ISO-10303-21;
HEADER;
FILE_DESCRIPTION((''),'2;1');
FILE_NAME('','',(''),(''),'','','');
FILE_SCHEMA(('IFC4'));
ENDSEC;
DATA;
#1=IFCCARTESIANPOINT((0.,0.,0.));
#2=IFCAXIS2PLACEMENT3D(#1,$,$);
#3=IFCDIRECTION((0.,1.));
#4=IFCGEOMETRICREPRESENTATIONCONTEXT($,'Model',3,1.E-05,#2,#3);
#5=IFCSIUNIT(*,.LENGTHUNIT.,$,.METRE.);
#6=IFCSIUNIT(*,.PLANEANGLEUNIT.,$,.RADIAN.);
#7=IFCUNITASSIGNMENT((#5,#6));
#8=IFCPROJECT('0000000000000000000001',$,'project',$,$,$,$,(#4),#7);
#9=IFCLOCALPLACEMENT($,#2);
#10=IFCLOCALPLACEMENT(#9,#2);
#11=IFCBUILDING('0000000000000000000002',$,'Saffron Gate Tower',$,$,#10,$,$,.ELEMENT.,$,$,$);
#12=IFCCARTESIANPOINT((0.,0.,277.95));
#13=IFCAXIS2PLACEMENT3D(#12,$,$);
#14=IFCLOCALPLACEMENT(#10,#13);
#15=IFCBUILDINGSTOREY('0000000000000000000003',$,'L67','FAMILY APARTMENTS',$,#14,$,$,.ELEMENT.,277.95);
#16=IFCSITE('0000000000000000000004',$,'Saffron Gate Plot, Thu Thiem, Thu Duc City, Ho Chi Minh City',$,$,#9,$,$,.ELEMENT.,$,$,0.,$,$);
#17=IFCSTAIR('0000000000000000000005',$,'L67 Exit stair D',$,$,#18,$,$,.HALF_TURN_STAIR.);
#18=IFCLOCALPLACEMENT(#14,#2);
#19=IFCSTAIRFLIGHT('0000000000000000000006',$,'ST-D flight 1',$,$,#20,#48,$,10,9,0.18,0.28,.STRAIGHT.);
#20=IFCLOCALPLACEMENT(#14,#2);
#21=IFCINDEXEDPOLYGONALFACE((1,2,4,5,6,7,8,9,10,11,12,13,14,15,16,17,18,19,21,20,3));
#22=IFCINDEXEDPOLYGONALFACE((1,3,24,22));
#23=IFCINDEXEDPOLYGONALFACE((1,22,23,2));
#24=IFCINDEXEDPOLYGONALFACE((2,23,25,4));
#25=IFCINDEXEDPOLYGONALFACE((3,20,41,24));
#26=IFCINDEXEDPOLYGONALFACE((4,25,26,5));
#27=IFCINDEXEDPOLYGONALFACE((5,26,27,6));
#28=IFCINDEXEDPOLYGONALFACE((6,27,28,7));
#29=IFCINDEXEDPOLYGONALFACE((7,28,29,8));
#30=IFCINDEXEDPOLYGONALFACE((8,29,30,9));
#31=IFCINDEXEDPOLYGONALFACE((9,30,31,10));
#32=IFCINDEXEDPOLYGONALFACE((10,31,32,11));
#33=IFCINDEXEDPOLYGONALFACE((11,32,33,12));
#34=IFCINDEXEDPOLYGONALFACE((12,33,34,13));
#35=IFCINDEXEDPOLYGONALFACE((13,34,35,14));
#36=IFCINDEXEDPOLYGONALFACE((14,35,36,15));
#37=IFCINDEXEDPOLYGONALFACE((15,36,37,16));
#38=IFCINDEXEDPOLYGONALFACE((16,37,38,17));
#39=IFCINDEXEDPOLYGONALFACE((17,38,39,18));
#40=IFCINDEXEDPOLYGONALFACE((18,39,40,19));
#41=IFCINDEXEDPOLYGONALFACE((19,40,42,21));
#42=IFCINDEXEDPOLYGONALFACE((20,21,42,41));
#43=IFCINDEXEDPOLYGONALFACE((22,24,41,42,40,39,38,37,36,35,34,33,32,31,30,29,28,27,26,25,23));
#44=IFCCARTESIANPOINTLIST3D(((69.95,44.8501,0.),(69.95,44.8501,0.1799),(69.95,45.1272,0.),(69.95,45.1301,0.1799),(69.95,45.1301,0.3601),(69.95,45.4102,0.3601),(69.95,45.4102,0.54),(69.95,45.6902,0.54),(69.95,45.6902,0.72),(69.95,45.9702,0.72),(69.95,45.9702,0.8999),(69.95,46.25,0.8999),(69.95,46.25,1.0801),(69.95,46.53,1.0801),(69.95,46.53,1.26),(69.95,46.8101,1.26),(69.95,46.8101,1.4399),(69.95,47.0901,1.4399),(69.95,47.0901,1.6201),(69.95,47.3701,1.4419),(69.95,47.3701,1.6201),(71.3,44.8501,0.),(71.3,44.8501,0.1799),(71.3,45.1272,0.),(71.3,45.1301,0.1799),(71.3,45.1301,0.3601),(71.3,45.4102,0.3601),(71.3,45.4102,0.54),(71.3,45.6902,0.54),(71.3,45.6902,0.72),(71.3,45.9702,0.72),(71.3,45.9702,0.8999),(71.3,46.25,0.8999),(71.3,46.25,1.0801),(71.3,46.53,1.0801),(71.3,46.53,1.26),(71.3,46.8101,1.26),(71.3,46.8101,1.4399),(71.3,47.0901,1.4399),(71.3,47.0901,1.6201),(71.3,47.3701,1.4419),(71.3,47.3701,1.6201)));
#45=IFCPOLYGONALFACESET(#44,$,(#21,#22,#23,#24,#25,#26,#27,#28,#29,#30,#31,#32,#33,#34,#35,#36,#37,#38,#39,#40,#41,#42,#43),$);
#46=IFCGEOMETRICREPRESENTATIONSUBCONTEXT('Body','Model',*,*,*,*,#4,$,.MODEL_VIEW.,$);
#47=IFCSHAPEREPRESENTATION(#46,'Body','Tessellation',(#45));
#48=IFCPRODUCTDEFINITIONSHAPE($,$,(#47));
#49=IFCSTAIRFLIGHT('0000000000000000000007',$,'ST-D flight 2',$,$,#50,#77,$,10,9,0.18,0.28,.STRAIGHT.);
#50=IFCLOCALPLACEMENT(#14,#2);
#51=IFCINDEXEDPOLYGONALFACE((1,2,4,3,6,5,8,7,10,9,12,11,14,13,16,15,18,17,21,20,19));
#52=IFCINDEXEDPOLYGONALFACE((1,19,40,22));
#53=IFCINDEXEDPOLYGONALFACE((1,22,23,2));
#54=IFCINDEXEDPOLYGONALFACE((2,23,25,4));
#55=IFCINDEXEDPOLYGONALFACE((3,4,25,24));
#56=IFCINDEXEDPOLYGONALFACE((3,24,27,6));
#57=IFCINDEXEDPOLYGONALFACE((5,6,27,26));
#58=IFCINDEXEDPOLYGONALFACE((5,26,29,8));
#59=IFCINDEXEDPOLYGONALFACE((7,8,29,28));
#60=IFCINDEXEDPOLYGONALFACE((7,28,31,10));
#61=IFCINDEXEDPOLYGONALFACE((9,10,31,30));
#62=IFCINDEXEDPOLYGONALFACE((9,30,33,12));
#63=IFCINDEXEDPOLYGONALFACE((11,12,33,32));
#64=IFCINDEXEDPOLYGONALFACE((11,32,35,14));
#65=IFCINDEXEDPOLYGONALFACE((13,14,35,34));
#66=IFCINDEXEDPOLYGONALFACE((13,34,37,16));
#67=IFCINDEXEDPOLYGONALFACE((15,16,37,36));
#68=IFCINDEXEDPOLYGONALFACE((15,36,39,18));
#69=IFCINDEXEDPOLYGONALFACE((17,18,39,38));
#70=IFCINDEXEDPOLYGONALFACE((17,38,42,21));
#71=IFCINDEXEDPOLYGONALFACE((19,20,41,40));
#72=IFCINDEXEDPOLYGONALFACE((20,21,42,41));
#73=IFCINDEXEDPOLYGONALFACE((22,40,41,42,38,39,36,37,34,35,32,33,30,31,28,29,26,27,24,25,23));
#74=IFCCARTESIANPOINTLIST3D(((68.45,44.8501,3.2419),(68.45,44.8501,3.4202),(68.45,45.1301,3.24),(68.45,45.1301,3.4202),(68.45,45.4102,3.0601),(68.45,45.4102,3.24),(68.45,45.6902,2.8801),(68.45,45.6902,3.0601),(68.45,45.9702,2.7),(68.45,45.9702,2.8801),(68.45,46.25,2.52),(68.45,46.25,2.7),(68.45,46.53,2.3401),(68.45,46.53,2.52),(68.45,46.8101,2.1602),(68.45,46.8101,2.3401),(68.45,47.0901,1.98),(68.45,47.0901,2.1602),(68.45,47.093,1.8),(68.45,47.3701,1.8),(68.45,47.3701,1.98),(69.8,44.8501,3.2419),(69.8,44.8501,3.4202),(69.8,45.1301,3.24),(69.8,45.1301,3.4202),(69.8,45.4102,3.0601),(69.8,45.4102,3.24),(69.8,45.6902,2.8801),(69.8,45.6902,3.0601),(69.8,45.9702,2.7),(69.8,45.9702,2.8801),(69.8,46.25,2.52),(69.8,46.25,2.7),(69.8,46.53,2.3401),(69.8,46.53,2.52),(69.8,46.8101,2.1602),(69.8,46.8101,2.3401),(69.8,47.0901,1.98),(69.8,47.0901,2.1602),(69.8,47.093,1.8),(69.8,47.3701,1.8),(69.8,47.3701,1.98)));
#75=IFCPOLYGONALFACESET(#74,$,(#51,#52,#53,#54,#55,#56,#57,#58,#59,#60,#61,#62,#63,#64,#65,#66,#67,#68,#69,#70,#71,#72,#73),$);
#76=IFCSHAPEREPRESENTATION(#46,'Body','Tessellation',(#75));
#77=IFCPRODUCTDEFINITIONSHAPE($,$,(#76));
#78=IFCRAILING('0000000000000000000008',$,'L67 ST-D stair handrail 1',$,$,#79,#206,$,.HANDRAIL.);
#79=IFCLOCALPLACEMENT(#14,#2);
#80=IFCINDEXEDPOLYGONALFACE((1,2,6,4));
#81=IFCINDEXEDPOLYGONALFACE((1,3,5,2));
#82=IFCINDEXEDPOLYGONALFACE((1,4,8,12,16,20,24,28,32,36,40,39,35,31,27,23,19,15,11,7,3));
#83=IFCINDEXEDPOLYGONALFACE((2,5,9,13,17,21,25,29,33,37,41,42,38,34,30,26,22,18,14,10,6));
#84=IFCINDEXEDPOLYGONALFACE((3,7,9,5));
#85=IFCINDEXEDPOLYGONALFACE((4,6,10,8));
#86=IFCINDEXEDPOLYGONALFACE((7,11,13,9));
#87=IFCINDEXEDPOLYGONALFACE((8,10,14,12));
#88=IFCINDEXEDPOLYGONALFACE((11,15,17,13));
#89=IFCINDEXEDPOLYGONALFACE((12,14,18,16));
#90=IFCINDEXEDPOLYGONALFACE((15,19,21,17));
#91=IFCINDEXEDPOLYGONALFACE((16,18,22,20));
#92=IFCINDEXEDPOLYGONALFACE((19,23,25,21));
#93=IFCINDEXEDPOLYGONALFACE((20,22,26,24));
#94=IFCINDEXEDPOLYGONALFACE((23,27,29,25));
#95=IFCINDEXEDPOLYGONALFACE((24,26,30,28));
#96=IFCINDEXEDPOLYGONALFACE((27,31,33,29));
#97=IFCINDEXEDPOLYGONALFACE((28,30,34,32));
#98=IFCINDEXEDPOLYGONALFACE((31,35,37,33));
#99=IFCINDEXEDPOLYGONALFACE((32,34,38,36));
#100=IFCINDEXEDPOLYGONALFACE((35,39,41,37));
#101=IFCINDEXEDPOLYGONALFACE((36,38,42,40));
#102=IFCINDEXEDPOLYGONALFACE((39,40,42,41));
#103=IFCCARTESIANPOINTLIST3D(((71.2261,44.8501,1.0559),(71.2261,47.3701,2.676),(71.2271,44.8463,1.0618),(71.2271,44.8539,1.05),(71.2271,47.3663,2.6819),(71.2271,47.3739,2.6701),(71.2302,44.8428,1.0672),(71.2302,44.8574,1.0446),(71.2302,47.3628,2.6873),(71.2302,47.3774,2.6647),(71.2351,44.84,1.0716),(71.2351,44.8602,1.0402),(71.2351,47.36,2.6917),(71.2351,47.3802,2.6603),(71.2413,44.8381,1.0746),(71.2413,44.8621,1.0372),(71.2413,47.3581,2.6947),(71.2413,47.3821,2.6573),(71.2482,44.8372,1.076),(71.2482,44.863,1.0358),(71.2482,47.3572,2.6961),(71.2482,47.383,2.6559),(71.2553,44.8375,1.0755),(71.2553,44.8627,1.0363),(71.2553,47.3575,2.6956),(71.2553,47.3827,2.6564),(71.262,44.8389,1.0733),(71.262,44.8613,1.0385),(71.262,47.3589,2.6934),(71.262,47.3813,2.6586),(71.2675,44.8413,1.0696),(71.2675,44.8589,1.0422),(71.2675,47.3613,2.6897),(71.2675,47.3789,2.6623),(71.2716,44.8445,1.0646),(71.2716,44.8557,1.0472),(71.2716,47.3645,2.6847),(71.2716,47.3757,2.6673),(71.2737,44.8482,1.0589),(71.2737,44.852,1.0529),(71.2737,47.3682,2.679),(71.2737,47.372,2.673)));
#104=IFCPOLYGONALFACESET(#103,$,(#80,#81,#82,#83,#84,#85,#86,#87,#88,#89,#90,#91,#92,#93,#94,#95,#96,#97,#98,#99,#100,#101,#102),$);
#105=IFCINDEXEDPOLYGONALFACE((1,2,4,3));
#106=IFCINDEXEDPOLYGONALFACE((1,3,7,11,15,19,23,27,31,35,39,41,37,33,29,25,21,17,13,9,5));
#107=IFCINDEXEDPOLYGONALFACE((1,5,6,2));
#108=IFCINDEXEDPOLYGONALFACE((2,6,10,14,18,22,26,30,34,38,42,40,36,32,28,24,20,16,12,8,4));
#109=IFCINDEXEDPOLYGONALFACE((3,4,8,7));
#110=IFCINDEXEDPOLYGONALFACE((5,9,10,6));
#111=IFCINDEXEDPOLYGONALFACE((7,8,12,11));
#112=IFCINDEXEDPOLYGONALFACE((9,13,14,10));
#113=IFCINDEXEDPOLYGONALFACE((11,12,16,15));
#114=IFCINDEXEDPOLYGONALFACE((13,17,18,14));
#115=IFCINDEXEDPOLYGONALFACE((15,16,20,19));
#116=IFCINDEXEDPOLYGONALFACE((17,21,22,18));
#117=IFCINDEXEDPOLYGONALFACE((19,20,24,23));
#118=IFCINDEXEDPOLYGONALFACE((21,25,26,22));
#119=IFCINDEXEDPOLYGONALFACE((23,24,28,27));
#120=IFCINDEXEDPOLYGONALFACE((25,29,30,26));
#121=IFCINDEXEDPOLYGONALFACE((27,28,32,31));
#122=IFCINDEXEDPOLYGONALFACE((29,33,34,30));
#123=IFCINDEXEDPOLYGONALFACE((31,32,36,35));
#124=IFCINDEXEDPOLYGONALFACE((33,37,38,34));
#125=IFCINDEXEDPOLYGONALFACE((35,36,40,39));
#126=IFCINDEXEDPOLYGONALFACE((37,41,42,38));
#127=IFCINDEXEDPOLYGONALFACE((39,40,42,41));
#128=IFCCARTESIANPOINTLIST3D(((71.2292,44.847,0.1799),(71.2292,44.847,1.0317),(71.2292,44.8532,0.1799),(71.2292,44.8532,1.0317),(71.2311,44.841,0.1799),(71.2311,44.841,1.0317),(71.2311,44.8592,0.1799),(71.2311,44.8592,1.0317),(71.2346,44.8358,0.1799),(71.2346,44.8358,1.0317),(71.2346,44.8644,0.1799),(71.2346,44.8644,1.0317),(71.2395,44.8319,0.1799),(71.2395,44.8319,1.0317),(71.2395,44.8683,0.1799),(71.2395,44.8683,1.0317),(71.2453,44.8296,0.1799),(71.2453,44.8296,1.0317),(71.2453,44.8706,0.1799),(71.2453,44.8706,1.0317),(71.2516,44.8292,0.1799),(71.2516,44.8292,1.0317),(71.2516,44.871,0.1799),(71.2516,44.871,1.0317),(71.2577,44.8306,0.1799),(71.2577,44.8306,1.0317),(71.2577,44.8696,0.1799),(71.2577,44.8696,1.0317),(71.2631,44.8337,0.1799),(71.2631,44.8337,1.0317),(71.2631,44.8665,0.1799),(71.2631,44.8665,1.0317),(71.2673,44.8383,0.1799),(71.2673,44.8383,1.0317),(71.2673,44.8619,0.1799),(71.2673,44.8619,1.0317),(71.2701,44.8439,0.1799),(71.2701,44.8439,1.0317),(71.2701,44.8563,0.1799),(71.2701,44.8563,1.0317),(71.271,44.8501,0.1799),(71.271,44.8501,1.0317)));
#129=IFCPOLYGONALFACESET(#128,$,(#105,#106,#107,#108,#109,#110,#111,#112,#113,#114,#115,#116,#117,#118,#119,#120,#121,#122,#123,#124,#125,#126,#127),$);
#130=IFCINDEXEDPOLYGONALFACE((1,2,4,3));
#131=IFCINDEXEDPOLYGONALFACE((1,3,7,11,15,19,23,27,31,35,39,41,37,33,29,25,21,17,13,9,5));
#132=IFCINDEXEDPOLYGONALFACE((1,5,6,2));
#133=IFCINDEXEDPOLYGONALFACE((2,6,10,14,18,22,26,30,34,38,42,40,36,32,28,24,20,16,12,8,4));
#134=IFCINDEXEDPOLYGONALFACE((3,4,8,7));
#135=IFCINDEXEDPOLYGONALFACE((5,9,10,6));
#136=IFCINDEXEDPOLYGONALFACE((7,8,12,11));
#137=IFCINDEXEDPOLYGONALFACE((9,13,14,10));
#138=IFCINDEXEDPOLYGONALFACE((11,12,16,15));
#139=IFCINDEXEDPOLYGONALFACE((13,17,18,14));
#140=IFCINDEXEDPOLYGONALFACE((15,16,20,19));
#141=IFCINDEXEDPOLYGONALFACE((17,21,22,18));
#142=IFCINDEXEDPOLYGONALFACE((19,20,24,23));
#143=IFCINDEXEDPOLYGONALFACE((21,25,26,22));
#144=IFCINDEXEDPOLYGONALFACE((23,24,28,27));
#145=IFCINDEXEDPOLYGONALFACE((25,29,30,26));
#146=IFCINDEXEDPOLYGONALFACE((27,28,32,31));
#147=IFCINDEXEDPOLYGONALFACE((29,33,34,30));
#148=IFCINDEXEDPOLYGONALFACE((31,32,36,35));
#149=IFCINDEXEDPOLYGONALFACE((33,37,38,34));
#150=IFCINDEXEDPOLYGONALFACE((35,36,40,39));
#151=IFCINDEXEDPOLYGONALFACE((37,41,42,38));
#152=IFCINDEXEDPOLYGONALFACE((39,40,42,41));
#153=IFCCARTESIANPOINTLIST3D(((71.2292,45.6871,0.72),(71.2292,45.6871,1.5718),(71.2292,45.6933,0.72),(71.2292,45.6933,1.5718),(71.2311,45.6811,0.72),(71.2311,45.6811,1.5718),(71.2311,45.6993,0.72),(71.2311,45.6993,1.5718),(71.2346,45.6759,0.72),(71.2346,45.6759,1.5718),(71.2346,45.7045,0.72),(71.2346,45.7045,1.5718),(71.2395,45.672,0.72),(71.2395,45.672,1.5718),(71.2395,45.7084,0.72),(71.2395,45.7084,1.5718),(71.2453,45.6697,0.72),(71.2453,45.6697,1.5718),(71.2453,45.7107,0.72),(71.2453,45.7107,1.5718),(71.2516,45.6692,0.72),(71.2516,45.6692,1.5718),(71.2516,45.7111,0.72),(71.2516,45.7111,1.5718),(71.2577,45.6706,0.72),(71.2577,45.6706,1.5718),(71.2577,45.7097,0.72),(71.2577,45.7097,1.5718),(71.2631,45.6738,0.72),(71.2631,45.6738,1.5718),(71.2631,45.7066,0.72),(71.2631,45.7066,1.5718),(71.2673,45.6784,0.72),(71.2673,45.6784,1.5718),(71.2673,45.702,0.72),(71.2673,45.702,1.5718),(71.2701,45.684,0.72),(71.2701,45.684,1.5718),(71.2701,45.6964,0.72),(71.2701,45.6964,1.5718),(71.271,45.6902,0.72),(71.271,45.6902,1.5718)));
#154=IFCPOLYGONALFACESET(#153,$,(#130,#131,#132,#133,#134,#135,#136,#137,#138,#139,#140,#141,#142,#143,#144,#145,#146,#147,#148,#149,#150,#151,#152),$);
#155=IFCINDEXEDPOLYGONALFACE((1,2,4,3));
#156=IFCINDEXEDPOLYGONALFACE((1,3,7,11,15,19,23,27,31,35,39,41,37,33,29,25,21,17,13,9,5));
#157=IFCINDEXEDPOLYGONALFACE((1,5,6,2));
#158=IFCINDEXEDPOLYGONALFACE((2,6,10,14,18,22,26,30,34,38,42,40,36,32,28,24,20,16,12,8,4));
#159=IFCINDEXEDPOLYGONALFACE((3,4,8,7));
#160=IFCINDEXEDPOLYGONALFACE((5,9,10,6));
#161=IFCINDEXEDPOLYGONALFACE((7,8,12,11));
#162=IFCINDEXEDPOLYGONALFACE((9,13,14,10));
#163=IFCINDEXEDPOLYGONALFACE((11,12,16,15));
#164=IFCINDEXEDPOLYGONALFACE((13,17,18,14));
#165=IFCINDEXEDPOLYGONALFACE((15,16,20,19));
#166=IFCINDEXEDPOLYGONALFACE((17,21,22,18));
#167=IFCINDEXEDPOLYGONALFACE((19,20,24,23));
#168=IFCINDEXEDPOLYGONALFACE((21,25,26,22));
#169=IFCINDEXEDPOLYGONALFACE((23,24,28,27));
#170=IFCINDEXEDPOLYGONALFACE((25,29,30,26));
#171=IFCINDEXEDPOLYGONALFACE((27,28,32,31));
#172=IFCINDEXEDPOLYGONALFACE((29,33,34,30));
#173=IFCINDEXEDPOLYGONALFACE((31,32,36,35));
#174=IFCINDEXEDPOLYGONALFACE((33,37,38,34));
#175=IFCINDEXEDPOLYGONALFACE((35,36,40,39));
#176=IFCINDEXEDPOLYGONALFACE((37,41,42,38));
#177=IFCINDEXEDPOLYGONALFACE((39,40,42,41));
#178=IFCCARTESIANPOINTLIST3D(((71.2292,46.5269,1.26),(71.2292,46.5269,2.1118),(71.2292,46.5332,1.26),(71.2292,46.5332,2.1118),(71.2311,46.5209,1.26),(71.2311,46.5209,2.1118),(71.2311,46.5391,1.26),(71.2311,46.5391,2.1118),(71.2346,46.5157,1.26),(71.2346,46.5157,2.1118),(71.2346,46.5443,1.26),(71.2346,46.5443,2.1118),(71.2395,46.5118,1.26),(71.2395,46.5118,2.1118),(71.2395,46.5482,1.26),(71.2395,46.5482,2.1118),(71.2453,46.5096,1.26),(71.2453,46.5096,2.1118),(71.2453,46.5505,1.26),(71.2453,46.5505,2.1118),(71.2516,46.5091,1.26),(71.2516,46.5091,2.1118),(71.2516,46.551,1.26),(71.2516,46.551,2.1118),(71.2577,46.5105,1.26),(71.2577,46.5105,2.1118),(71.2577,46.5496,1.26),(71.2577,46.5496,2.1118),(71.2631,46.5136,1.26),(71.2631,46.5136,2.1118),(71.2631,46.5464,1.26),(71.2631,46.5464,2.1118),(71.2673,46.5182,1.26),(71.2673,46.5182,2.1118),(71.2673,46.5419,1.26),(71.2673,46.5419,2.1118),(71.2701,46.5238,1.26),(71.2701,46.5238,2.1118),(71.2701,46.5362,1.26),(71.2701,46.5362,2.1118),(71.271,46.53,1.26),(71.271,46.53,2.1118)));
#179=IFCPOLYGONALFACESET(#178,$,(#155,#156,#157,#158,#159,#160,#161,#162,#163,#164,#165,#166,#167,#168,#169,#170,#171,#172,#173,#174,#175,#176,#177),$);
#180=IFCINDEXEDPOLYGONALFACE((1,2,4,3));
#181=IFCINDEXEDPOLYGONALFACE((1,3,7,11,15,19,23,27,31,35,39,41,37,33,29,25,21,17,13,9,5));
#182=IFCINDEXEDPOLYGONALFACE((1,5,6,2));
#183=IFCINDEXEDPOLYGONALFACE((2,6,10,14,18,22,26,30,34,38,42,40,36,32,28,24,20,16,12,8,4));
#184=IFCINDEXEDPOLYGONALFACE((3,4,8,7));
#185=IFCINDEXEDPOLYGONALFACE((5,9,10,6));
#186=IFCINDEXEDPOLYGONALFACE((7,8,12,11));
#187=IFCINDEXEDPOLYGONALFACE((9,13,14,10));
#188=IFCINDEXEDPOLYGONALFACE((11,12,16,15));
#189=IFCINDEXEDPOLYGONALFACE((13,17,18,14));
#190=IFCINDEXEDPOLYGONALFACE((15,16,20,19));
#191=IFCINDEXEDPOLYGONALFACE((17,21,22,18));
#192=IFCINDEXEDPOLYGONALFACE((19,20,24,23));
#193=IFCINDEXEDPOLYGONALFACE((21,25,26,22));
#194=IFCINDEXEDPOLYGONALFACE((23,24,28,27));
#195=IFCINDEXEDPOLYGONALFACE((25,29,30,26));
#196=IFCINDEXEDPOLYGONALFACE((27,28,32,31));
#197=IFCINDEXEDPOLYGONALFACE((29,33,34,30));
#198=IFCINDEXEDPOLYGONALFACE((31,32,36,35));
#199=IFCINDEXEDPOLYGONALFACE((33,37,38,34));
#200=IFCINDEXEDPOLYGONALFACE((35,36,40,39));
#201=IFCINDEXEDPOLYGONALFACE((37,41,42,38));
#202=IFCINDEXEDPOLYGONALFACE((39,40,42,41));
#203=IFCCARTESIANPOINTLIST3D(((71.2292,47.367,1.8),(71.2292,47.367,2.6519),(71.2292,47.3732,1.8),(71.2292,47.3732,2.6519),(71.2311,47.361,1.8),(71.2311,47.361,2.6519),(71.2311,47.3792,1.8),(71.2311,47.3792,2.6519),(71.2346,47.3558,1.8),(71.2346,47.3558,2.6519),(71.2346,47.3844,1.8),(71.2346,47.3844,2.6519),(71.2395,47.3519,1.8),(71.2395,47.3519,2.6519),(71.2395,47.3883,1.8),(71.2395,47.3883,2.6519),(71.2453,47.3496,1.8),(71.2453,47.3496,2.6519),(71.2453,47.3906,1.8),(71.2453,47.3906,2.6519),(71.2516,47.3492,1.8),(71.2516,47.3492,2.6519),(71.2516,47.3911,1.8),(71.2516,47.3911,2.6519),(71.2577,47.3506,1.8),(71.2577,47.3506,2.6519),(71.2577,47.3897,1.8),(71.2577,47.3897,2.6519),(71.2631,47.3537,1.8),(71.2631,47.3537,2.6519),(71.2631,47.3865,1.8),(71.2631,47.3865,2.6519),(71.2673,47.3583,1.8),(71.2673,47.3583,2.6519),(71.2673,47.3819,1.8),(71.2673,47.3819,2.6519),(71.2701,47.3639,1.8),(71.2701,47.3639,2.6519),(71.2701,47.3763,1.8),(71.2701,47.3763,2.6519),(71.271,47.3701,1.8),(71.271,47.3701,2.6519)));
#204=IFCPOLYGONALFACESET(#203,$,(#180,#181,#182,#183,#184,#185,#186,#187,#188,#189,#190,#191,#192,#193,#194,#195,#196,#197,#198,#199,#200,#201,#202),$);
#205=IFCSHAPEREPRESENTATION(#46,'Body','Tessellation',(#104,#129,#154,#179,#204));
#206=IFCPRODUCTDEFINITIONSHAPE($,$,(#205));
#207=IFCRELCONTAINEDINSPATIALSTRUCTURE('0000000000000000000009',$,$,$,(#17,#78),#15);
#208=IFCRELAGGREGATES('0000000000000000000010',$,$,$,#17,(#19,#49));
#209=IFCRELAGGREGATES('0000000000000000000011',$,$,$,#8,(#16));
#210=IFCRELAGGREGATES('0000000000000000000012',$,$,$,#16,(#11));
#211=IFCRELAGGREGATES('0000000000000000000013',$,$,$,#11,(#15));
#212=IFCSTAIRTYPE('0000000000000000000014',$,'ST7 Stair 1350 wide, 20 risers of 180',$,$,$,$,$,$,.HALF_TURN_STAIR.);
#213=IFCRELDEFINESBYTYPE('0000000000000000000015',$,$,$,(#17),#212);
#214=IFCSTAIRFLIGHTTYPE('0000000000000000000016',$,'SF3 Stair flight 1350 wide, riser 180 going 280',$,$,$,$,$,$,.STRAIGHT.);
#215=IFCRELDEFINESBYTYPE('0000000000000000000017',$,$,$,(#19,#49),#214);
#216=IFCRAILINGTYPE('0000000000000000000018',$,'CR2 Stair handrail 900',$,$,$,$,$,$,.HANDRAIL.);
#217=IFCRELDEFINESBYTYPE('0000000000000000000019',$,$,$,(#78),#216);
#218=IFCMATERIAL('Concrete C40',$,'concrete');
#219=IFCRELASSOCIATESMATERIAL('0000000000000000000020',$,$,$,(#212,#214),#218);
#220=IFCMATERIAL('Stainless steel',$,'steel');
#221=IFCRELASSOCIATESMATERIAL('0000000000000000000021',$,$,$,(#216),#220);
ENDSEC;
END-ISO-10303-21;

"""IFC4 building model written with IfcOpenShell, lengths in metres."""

from ifc_helpers import new_model, si_unit, direction, frame, origin, origin_2d, place, context, subcontext, project, spatial, polyline, circle, outline, extrude, material, type_object, element, aggregate, save


model = new_model("IFC4")

# Units and contexts
model_context = context("Model", 3, precision=1e-05, world=origin(), true_north=direction((0.0, 1.0)))
body_context = subcontext(model_context, "Body", "Model", "MODEL_VIEW")
ifc_project = project(units=[si_unit("LENGTHUNIT", "METRE"), si_unit("PLANEANGLEUNIT", "RADIAN")], contexts=[model_context])

# Site, building, storey
site_placement = place(None, origin())
site = spatial("IfcSite", under=ifc_project, at=site_placement, Name="Saffron Gate Plot, Thu Thiem, Thu Duc City, Ho Chi Minh City", CompositionType="ELEMENT", RefElevation=0.0)
building_placement = place(site_placement, origin())
building = spatial("IfcBuilding", under=site, at=building_placement, Name="Saffron Gate Tower", CompositionType="ELEMENT")
storey_placement = place(building_placement, frame((0.0, 0.0, 277.95)))
storey = spatial("IfcBuildingStorey", under=building, at=storey_placement, Name="L67", Description="FAMILY APARTMENTS", CompositionType="ELEMENT", Elevation=277.95)

# Shared definitions
ifc_material_1 = material(Name="Concrete C40", Category="concrete")

# Stair, stair flights
stair_type = type_object("IfcStairType", Name="ST7 Stair 1350 wide, 20 risers of 180", PredefinedType="HALF_TURN_STAIR", material=ifc_material_1)
stair_placement = place(storey_placement, origin())
stair = element("IfcStair", 1, at=stair_placement, inside=storey, type_object=stair_type, Name="L67 Exit stair D", PredefinedType="HALF_TURN_STAIR")
stair_flight_type = type_object("IfcStairFlightType", Name="SF3 Stair flight 1350 wide, riser 180 going 280", PredefinedType="STRAIGHT", material=ifc_material_1)
stair_flight_1_placement = place(storey_placement, frame((70.625, 44.8501, 0.0), z_axis=(0.0, 0.0, 1.0), x_axis=(0.0, 1.0, 0.0)))
stair_flight_1 = element("IfcStairFlight", 2, at=stair_flight_1_placement, type_object=stair_flight_type, Name="ST-D flight 1", NumberOfRisers=10, NumberOfTreads=9, PredefinedType="STRAIGHT", RiserHeight=0.18, TreadLength=0.28, context=body_context, shape_type="SweptSolid", body=[
    extrude(outline(polyline([(0.0, 0.0), (0.0, 0.1799), (0.28, 0.1799), (0.28, 0.3601), (0.5601, 0.3601), (0.5601, 0.54), (0.8401, 0.54), (0.8401, 0.72), (1.1201, 0.72), (1.1201, 0.8999), (1.3999, 0.8999), (1.3999, 1.0801), (1.6799, 1.0801), (1.6799, 1.26), (1.96, 1.26), (1.96, 1.4399), (2.24, 1.4399), (2.24, 1.6201), (2.52, 1.6201), (2.52, 1.8), (2.52, 1.4419), (0.2771, 0.0), (0.0, 0.0)])), frame((0.0, 0.675, 0.0), z_axis=(0.0, -1.0, 0.0), x_axis=(1.0, 0.0, 0.0)), (0.0, 0.0, 1.0), 1.3501),
])
stair_flight_2_placement = place(storey_placement, frame((69.125, 47.3701, 1.8), z_axis=(0.0, 0.0, 1.0), x_axis=(0.0, -1.0, 0.0)))
stair_flight_2 = element("IfcStairFlight", 3, at=stair_flight_2_placement, type_object=stair_flight_type, Name="ST-D flight 2", NumberOfRisers=10, NumberOfTreads=9, PredefinedType="STRAIGHT", RiserHeight=0.18, TreadLength=0.28, context=body_context, shape_type="SweptSolid", body=[
    extrude(outline(polyline([(0.0, 0.0), (0.0, 0.1799), (0.28, 0.1799), (0.28, 0.3601), (0.5601, 0.3601), (0.5601, 0.54), (0.8401, 0.54), (0.8401, 0.72), (1.1201, 0.72), (1.1201, 0.8999), (1.3999, 0.8999), (1.3999, 1.0801), (1.6799, 1.0801), (1.6799, 1.26), (1.96, 1.26), (1.96, 1.4399), (2.24, 1.4399), (2.24, 1.6201), (2.52, 1.6201), (2.52, 1.8), (2.52, 1.4419), (0.2771, 0.0), (0.0, 0.0)])), frame((0.0, 0.675, 0.0), z_axis=(0.0, -1.0, 0.0), x_axis=(1.0, 0.0, 0.0)), (0.0, 0.0, 1.0), 1.3501),
])
aggregate(stair, [stair_flight_1, stair_flight_2])

# Railing
ifc_material_2 = material(Name="Stainless steel", Category="steel")
railing_type_1 = type_object("IfcRailingType", Name="CR2 Stair handrail 900", PredefinedType="HANDRAIL", material=ifc_material_2)
railing_1_placement = place(storey_placement, frame((71.25, 44.8501, 0.1799)))
element("IfcRailing", 4, at=railing_1_placement, inside=storey, type_object=railing_type_1, Name="L67 ST-D stair handrail 1", PredefinedType="HANDRAIL", context=body_context, shape_type="SweptSolid", body=[
    extrude(circle(Radius=0.0239, at=origin_2d()), frame((0.0, 0.0, 0.876), z_axis=(0.0, 0.841163, 0.540782), x_axis=(-1.0, 0.0, 0.0)), (0.0, 0.0, 1.0), 2.9958),
    extrude(circle(Radius=0.021, at=origin_2d()), origin(), (0.0, 0.0, 1.0), 0.8518),
    extrude(circle(Radius=0.021, at=origin_2d()), frame((0.0, 0.8401, 0.54)), (0.0, 0.0, 1.0), 0.8518),
    extrude(circle(Radius=0.021, at=origin_2d()), frame((0.0, 1.6799, 1.0801)), (0.0, 0.0, 1.0), 0.8518),
    extrude(circle(Radius=0.021, at=origin_2d()), frame((0.0, 2.52, 1.6201)), (0.0, 0.0, 1.0), 0.8518),
])

save(model, "model.ifc")
